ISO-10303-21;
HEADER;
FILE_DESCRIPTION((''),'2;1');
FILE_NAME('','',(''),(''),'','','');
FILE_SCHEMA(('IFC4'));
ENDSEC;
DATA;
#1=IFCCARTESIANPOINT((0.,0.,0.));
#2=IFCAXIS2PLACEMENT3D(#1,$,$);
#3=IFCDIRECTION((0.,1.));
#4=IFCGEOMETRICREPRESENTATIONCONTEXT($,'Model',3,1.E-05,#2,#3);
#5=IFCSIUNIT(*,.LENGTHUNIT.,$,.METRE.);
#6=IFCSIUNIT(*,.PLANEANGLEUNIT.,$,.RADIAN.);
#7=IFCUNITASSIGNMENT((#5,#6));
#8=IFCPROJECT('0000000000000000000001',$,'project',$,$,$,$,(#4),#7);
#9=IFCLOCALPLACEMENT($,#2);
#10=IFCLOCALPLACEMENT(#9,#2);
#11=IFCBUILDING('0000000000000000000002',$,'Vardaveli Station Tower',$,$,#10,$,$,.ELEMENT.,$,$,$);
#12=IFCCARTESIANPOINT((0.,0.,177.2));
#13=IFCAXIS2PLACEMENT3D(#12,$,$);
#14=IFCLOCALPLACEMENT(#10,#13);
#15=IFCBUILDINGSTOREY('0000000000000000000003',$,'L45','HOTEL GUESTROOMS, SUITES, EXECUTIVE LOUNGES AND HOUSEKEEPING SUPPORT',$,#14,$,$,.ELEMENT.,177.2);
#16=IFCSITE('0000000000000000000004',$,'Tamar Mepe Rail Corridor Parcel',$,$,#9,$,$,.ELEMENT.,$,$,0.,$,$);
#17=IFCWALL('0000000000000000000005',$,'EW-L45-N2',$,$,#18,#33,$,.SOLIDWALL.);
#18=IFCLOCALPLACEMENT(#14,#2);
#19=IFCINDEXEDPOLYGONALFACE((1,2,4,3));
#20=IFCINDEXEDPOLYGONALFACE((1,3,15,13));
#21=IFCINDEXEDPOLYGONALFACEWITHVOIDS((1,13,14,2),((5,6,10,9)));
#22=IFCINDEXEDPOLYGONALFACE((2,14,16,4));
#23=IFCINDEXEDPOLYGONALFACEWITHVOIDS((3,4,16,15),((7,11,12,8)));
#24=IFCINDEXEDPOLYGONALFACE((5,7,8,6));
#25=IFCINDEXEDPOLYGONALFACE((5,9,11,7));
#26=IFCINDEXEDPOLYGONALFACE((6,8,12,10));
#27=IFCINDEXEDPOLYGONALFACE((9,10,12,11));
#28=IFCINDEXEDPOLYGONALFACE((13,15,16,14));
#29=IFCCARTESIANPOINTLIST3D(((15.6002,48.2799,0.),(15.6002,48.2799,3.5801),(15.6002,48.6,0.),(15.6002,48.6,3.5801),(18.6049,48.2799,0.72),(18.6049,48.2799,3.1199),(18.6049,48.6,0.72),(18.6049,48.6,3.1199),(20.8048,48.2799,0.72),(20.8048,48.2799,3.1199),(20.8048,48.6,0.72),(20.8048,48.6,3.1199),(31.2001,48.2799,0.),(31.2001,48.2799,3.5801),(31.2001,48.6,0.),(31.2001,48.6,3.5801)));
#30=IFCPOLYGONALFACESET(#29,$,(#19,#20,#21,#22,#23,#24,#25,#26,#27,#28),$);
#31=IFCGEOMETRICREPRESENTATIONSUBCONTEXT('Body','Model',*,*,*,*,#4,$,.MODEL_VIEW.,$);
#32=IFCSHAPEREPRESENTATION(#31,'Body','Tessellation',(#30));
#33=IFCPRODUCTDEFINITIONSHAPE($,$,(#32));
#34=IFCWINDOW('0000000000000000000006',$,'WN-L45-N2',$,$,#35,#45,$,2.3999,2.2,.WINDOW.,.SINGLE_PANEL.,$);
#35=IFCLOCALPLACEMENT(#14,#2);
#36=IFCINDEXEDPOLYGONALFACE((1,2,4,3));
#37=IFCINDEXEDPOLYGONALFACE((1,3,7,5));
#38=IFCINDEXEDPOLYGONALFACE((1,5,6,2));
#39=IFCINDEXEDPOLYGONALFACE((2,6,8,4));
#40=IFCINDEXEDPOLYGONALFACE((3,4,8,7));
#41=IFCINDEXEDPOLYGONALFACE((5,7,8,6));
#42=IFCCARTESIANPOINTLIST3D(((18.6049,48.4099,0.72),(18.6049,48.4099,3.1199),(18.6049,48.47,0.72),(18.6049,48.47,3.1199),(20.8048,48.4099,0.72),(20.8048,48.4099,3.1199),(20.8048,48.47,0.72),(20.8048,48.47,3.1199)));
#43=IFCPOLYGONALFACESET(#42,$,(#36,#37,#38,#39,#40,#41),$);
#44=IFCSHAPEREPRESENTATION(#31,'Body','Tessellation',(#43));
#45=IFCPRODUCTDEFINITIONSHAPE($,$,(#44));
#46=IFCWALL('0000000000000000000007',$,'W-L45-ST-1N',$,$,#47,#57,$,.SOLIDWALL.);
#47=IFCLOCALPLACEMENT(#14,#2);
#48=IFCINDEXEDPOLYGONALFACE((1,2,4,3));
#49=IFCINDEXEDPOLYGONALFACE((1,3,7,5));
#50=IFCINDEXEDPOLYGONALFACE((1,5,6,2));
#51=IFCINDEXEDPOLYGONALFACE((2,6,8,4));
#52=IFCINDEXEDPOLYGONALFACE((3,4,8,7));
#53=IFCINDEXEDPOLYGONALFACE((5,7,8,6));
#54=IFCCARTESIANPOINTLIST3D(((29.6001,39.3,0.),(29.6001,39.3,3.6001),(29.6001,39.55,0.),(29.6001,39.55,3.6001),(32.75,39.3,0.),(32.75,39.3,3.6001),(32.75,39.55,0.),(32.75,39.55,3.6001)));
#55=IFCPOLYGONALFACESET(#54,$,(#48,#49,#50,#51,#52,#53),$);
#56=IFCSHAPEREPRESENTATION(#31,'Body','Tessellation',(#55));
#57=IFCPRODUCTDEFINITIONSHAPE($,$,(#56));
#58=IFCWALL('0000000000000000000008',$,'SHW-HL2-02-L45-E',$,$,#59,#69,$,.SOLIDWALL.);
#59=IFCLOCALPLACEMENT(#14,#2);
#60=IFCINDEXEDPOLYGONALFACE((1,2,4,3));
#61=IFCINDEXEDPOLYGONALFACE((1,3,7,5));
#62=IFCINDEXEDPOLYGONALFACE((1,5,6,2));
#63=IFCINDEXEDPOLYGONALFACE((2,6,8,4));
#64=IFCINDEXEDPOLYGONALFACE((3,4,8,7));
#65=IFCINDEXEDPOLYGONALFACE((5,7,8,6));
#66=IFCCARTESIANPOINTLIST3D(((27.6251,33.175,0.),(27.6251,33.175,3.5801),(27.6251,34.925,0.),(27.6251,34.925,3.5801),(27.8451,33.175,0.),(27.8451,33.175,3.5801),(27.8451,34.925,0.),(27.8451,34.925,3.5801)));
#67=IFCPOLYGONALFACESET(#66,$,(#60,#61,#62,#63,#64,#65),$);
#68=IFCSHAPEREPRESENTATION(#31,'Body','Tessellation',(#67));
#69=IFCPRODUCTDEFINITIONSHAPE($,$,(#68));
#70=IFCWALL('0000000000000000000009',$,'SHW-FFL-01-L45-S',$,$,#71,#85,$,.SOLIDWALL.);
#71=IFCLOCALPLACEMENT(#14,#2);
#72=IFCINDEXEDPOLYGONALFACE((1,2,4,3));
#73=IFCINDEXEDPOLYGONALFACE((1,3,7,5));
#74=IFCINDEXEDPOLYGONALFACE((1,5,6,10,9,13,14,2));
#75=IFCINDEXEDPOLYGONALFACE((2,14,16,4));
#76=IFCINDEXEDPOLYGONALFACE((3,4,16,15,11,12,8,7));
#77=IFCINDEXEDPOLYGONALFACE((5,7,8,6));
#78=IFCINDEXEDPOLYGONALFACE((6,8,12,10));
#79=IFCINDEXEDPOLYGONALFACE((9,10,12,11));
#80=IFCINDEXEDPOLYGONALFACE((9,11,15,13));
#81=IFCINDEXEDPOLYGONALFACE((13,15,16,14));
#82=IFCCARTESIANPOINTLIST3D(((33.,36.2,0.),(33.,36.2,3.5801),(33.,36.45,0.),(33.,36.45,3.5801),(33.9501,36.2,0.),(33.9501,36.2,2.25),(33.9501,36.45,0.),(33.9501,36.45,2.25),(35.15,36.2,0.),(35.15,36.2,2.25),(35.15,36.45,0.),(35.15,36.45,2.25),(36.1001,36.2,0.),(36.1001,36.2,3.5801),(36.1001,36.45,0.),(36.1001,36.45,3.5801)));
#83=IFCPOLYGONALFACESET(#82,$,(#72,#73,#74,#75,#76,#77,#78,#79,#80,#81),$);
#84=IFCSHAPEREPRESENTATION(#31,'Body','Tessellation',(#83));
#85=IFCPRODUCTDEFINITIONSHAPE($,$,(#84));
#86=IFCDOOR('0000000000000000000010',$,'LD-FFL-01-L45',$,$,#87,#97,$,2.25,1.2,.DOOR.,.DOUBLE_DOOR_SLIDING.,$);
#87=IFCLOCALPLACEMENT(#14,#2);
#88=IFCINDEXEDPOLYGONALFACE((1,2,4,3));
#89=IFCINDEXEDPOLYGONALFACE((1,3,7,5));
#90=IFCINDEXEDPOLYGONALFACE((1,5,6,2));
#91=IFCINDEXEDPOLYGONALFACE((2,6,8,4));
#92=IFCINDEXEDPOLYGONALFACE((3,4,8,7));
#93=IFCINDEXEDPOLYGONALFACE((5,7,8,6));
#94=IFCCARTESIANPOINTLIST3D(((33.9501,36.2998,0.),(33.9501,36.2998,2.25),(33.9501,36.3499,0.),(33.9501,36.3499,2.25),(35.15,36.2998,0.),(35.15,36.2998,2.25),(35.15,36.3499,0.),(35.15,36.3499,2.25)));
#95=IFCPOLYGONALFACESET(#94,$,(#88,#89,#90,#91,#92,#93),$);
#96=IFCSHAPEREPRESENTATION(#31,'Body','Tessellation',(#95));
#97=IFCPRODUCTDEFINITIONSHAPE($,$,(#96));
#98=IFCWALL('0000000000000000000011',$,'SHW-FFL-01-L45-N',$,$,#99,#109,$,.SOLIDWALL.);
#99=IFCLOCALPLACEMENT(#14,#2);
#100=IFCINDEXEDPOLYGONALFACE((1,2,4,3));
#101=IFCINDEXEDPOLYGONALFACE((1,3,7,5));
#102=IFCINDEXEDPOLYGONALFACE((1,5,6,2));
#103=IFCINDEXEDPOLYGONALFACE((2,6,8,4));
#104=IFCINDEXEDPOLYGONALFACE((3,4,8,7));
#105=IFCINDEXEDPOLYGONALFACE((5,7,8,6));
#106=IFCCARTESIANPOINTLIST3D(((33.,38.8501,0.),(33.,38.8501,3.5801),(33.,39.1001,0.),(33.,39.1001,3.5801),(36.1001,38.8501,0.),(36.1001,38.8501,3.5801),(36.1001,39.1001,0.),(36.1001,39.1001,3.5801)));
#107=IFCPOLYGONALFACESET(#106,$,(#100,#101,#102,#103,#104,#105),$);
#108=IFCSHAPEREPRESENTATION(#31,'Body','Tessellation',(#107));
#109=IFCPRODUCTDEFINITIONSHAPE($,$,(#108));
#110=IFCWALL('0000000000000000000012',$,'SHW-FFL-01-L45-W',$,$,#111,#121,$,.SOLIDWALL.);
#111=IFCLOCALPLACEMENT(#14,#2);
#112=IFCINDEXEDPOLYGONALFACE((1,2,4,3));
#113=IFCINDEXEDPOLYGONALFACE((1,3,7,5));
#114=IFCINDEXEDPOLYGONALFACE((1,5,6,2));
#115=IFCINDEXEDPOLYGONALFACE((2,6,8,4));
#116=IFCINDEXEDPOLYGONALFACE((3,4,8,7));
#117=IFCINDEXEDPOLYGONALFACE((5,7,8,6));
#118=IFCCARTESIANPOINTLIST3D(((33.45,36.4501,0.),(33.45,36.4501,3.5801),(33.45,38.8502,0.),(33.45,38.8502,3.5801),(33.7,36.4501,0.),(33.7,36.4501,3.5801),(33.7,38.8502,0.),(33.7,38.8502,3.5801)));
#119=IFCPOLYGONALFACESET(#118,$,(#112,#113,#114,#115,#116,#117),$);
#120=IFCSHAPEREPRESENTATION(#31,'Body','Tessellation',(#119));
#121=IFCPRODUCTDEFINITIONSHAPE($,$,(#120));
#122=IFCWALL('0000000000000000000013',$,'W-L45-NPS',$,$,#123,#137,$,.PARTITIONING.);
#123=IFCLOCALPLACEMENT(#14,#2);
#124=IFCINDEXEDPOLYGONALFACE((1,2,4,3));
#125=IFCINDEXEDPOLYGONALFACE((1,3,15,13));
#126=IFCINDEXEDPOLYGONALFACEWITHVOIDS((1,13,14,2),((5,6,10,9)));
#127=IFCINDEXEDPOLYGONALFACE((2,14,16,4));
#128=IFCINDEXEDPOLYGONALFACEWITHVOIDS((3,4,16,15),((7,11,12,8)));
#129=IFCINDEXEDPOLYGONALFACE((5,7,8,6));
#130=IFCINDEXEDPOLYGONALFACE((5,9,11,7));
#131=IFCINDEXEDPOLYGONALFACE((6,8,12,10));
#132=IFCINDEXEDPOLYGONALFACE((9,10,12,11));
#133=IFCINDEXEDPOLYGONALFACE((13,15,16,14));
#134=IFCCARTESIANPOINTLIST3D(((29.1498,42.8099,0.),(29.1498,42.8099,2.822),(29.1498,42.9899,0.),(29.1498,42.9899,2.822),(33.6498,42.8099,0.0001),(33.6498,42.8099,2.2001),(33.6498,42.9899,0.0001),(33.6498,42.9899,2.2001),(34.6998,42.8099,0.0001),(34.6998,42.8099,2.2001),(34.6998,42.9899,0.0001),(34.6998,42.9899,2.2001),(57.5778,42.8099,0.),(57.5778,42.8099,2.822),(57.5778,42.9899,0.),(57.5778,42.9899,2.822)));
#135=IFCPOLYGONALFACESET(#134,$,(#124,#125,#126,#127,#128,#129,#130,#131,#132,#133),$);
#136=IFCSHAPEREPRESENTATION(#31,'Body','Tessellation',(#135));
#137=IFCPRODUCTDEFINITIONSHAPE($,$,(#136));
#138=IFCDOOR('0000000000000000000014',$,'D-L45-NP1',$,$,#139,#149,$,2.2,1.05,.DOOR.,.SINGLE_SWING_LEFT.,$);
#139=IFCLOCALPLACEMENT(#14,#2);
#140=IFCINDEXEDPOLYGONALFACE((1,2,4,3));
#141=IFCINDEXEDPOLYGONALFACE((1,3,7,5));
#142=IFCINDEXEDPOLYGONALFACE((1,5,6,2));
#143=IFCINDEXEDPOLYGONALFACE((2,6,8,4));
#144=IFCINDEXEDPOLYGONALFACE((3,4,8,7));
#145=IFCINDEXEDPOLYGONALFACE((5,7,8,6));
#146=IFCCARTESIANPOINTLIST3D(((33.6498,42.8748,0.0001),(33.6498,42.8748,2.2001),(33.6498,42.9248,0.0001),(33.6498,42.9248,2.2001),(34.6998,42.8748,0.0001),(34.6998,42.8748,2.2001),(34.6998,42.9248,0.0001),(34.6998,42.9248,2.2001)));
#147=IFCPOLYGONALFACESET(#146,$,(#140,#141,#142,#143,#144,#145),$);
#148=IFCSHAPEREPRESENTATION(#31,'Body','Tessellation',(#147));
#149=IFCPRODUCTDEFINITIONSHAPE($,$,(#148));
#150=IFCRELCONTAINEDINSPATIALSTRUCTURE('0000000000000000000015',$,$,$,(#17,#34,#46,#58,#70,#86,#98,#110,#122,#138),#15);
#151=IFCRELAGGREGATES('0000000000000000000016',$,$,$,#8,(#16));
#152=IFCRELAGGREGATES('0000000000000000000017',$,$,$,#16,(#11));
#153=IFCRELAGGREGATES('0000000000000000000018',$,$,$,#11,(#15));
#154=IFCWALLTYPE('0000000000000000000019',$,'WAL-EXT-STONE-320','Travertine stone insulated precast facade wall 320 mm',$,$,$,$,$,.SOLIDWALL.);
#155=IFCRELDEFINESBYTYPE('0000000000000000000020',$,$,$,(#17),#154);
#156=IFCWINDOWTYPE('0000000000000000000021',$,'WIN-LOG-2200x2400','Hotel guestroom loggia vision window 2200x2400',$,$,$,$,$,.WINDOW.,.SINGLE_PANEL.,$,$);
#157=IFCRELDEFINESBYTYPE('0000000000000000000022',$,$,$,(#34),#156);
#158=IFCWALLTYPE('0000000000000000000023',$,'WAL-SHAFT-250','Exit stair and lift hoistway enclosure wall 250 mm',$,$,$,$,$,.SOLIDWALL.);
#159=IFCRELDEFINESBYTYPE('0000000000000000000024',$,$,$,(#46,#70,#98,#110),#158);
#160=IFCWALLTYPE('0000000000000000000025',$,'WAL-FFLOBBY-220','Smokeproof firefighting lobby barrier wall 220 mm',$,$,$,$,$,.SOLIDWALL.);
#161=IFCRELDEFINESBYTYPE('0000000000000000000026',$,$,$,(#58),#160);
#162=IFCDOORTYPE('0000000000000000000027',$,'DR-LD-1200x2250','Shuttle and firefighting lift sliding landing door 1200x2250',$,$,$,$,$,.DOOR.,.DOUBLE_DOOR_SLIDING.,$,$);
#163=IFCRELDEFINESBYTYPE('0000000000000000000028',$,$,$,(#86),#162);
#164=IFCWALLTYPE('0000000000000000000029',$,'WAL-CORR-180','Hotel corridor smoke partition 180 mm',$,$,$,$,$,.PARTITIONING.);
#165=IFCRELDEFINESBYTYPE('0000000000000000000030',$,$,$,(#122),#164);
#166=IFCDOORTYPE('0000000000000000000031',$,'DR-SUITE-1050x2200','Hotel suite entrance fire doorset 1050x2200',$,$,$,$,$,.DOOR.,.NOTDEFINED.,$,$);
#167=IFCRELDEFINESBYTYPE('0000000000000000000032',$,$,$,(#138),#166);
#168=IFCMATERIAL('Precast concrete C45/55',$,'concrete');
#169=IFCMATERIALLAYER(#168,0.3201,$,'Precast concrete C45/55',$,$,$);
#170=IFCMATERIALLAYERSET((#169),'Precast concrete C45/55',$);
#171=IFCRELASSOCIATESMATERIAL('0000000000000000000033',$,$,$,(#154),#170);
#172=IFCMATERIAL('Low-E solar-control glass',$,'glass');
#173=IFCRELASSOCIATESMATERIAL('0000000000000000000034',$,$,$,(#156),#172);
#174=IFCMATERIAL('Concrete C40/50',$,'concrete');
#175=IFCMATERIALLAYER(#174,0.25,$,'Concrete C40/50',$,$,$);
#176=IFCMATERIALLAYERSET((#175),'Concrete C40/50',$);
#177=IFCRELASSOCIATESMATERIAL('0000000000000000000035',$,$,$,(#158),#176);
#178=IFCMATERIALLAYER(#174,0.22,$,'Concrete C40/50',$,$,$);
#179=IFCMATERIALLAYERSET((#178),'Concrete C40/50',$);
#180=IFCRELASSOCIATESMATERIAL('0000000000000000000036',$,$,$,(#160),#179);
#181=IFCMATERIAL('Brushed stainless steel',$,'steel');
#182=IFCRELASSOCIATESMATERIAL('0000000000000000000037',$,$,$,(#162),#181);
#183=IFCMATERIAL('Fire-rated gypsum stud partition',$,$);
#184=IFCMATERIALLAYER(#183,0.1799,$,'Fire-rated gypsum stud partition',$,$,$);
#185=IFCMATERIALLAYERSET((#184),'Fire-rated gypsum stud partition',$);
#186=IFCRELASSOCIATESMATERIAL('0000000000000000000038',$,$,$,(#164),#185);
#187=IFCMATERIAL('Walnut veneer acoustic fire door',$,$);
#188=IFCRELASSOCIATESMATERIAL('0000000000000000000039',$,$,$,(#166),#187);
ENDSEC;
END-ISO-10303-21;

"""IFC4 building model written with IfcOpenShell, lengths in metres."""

from ifc_helpers import new_model, si_unit, direction, frame, frame_2d, origin, place, context, subcontext, project, spatial, rectangle, extrude, source, transform, mapped, material, layer, layer_set, type_object, element, fill, save


model = new_model("IFC4")

# Units and contexts
model_context = context("Model", 3, precision=1e-05, world=origin(), true_north=direction((0.0, 1.0)))
body_context = subcontext(model_context, "Body", "Model", "MODEL_VIEW")
ifc_project = project(units=[si_unit("LENGTHUNIT", "METRE"), si_unit("PLANEANGLEUNIT", "RADIAN")], contexts=[model_context])

# Site, building, storey
site_placement = place(None, origin())
site = spatial("IfcSite", under=ifc_project, at=site_placement, Name="Tamar Mepe Rail Corridor Parcel", CompositionType="ELEMENT", RefElevation=0.0)
building_placement = place(site_placement, origin())
building = spatial("IfcBuilding", under=site, at=building_placement, Name="Vardaveli Station Tower", CompositionType="ELEMENT")
storey_placement = place(building_placement, frame((0.0, 0.0, 177.2)))
storey = spatial("IfcBuildingStorey", under=building, at=storey_placement, Name="L45", Description="HOTEL GUESTROOMS, SUITES, EXECUTIVE LOUNGES AND HOUSEKEEPING SUPPORT", CompositionType="ELEMENT", Elevation=177.2)

# Shared definitions
ifc_material_1 = material(Name="Precast concrete C45/55", Category="concrete")

# Wall, opening, window
ifc_layer_1 = layer(ifc_material_1, 0.3201, Name="Precast concrete C45/55")
ifc_layer_set_1 = layer_set([ifc_layer_1], Name="Precast concrete C45/55")
wall_type_1 = type_object("IfcWallType", Name="WAL-EXT-STONE-320", Description="Travertine stone insulated precast facade wall 320 mm", PredefinedType="SOLIDWALL", material=ifc_layer_set_1)
shared_shape_1 = source(origin(), body_context, "Body", "SweptSolid", [
    extrude(rectangle(XDim=15.5999, YDim=0.3201, at=frame_2d((7.7998, 0.0))), origin(), (0.0, 0.0, 1.0), 3.5801),
])
wall_1_placement = place(storey_placement, frame((31.2, 48.4399, 0.0), z_axis=(0.0, 0.0, 1.0), x_axis=(-1.0, 0.0, 0.0)))
wall_1 = element("IfcWall", 1, at=wall_1_placement, inside=storey, type_object=wall_type_1, Name="EW-L45-N2", PredefinedType="SOLIDWALL", context=body_context, shape_type="MappedRepresentation", body=[
    mapped(shared_shape_1, transform((0.0, 0.0, 0.0), scale=1.0)),
])
shared_shape_2 = source(origin(), body_context, "Body", "SweptSolid", [
    extrude(rectangle(XDim=2.2, YDim=2.3999, at=frame_2d((1.1001, 1.2))), frame((0.0, 0.1699, 0.0), z_axis=(0.0, -1.0, 0.0), x_axis=(1.0, 0.0, 0.0)), (0.0, 0.0, 1.0), 0.3401),
])
opening_1_placement = place(wall_1_placement, frame((10.395, 0.0, 0.72)))
opening_1 = element("IfcOpeningElement", 2, at=opening_1_placement, cuts=wall_1, PredefinedType="OPENING", context=body_context, shape_type="MappedRepresentation", body=[
    mapped(shared_shape_2, transform((0.0, 0.0, 0.0), scale=1.0)),
])
ifc_material_2 = material(Name="Low-E solar-control glass", Category="glass")
window_type = type_object("IfcWindowType", Name="WIN-LOG-2200x2400", Description="Hotel guestroom loggia vision window 2200x2400", PartitioningType="SINGLE_PANEL", PredefinedType="WINDOW", material=ifc_material_2)
shared_shape_3 = source(origin(), body_context, "Body", "SweptSolid", [
    extrude(rectangle(XDim=2.2, YDim=2.3999, at=frame_2d((1.1001, 1.2))), frame((0.0, 0.03, 0.0), z_axis=(0.0, -1.0, 0.0), x_axis=(1.0, 0.0, 0.0)), (0.0, 0.0, 1.0), 0.0601),
])
window_placement = place(opening_1_placement, origin())
window = element("IfcWindow", 3, at=window_placement, inside=storey, type_object=window_type, Name="WN-L45-N2", OverallHeight=2.3999, OverallWidth=2.2, PartitioningType="SINGLE_PANEL", PredefinedType="WINDOW", context=body_context, shape_type="MappedRepresentation", body=[
    mapped(shared_shape_3, transform((0.0, 0.0, 0.0), scale=1.0)),
])
fill(opening_1, window)

# Walls
ifc_material_3 = material(Name="Concrete C40/50", Category="concrete")
ifc_layer_2 = layer(ifc_material_3, 0.25, Name="Concrete C40/50")
ifc_layer_set_2 = layer_set([ifc_layer_2], Name="Concrete C40/50")
wall_type_2 = type_object("IfcWallType", Name="WAL-SHAFT-250", Description="Exit stair and lift hoistway enclosure wall 250 mm", PredefinedType="SOLIDWALL", material=ifc_layer_set_2)
shared_shape_4 = source(origin(), body_context, "Body", "SweptSolid", [
    extrude(rectangle(XDim=3.1499, YDim=0.25, at=frame_2d((1.575, 0.0))), origin(), (0.0, 0.0, 1.0), 3.6001),
])
wall_2_placement = place(storey_placement, frame((29.6001, 39.425, 0.0), z_axis=(0.0, 0.0, 1.0), x_axis=(1.0, 0.0, 0.0)))
element("IfcWall", 4, at=wall_2_placement, inside=storey, type_object=wall_type_2, Name="W-L45-ST-1N", PredefinedType="SOLIDWALL", context=body_context, shape_type="MappedRepresentation", body=[
    mapped(shared_shape_4, transform((0.0, 0.0, 0.0), scale=1.0)),
])
ifc_layer_3 = layer(ifc_material_3, 0.22, Name="Concrete C40/50")
ifc_layer_set_3 = layer_set([ifc_layer_3], Name="Concrete C40/50")
wall_type_3 = type_object("IfcWallType", Name="WAL-FFLOBBY-220", Description="Smokeproof firefighting lobby barrier wall 220 mm", PredefinedType="SOLIDWALL", material=ifc_layer_set_3)
shared_shape_5 = source(origin(), body_context, "Body", "SweptSolid", [
    extrude(rectangle(XDim=1.75, YDim=0.22, at=frame_2d((0.875, 0.0))), origin(), (0.0, 0.0, 1.0), 3.5801),
])
wall_3_placement = place(storey_placement, frame((27.7351, 33.175, 0.0), z_axis=(0.0, 0.0, 1.0), x_axis=(0.0, 1.0, 0.0)))
element("IfcWall", 5, at=wall_3_placement, inside=storey, type_object=wall_type_3, Name="SHW-HL2-02-L45-E", PredefinedType="SOLIDWALL", context=body_context, shape_type="MappedRepresentation", body=[
    mapped(shared_shape_5, transform((0.0, 0.0, 0.0), scale=1.0)),
])

# Wall, opening, door
shared_shape_6 = source(origin(), body_context, "Body", "SweptSolid", [
    extrude(rectangle(XDim=3.1001, YDim=0.25, at=frame_2d((1.55, 0.0))), origin(), (0.0, 0.0, 1.0), 3.5801),
])
wall_4_placement = place(storey_placement, frame((33.0, 36.325, 0.0), z_axis=(0.0, 0.0, 1.0), x_axis=(1.0, 0.0, 0.0)))
wall_4 = element("IfcWall", 6, at=wall_4_placement, inside=storey, type_object=wall_type_2, Name="SHW-FFL-01-L45-S", PredefinedType="SOLIDWALL", context=body_context, shape_type="MappedRepresentation", body=[
    mapped(shared_shape_6, transform((0.0, 0.0, 0.0), scale=1.0)),
])
shared_shape_7 = source(origin(), body_context, "Body", "SweptSolid", [
    extrude(rectangle(XDim=1.2, YDim=2.25, at=frame_2d((0.6001, 1.125))), frame((0.0, 0.135, 0.0), z_axis=(0.0, -1.0, 0.0), x_axis=(1.0, 0.0, 0.0)), (0.0, 0.0, 1.0), 0.27),
])
opening_2_placement = place(wall_4_placement, frame((0.95, 0.0, 0.0)))
opening_2 = element("IfcOpeningElement", 7, at=opening_2_placement, cuts=wall_4, PredefinedType="OPENING", context=body_context, shape_type="MappedRepresentation", body=[
    mapped(shared_shape_7, transform((0.0, 0.0, 0.0), scale=1.0)),
])
ifc_material_4 = material(Name="Brushed stainless steel", Category="steel")
door_type_1 = type_object("IfcDoorType", Name="DR-LD-1200x2250", Description="Shuttle and firefighting lift sliding landing door 1200x2250", OperationType="DOUBLE_DOOR_SLIDING", PredefinedType="DOOR", material=ifc_material_4)
shared_shape_8 = source(origin(), body_context, "Body", "SweptSolid", [
    extrude(rectangle(XDim=1.2, YDim=2.25, at=frame_2d((0.6001, 1.125))), frame((0.0, 0.0249, 0.0), z_axis=(0.0, -1.0, 0.0), x_axis=(1.0, 0.0, 0.0)), (0.0, 0.0, 1.0), 0.05),
])
door_1_placement = place(opening_2_placement, origin())
door_1 = element("IfcDoor", 8, at=door_1_placement, inside=storey, type_object=door_type_1, Name="LD-FFL-01-L45", OperationType="DOUBLE_DOOR_SLIDING", OverallHeight=2.25, OverallWidth=1.2, PredefinedType="DOOR", context=body_context, shape_type="MappedRepresentation", body=[
    mapped(shared_shape_8, transform((0.0, 0.0, 0.0), scale=1.0)),
])
fill(opening_2, door_1)

# Walls
wall_5_placement = place(storey_placement, frame((33.0, 38.9751, 0.0), z_axis=(0.0, 0.0, 1.0), x_axis=(1.0, 0.0, 0.0)))
element("IfcWall", 9, at=wall_5_placement, inside=storey, type_object=wall_type_2, Name="SHW-FFL-01-L45-N", PredefinedType="SOLIDWALL", context=body_context, shape_type="MappedRepresentation", body=[
    mapped(shared_shape_6, transform((0.0, 0.0, 0.0), scale=1.0)),
])
shared_shape_9 = source(origin(), body_context, "Body", "SweptSolid", [
    extrude(rectangle(XDim=2.4001, YDim=0.25, at=frame_2d((1.2002, 0.0))), origin(), (0.0, 0.0, 1.0), 3.5801),
])
wall_6_placement = place(storey_placement, frame((33.575, 36.45, 0.0), z_axis=(0.0, 0.0, 1.0), x_axis=(0.0, 1.0, 0.0)))
element("IfcWall", 10, at=wall_6_placement, inside=storey, type_object=wall_type_2, Name="SHW-FFL-01-L45-W", PredefinedType="SOLIDWALL", context=body_context, shape_type="MappedRepresentation", body=[
    mapped(shared_shape_9, transform((0.0, 0.0, 0.0), scale=1.0)),
])

# Wall, opening, door
ifc_material_5 = material(Name="Fire-rated gypsum stud partition")
ifc_layer_4 = layer(ifc_material_5, 0.1799, Name="Fire-rated gypsum stud partition")
ifc_layer_set_4 = layer_set([ifc_layer_4], Name="Fire-rated gypsum stud partition")
wall_type_4 = type_object("IfcWallType", Name="WAL-CORR-180", Description="Hotel corridor smoke partition 180 mm", PredefinedType="PARTITIONING", material=ifc_layer_set_4)
shared_shape_10 = source(origin(), body_context, "Body", "SweptSolid", [
    extrude(rectangle(XDim=28.428, YDim=0.1799, at=frame_2d((14.2139, 0.0))), origin(), (0.0, 0.0, 1.0), 2.822),
])
wall_7_placement = place(storey_placement, frame((29.1499, 42.8999, 0.0), z_axis=(0.0, 0.0, 1.0), x_axis=(1.0, 0.0, 0.0)))
wall_7 = element("IfcWall", 11, at=wall_7_placement, inside=storey, type_object=wall_type_4, Name="W-L45-NPS", PredefinedType="PARTITIONING", context=body_context, shape_type="MappedRepresentation", body=[
    mapped(shared_shape_10, transform((0.0, 0.0, 0.0), scale=1.0)),
])
shared_shape_11 = source(origin(), body_context, "Body", "SweptSolid", [
    extrude(rectangle(XDim=1.05, YDim=2.2, at=frame_2d((0.5249, 1.1001))), frame((0.0, 0.1001, 0.0), z_axis=(0.0, -1.0, 0.0), x_axis=(1.0, 0.0, 0.0)), (0.0, 0.0, 1.0), 0.2),
])
opening_3_placement = place(wall_7_placement, frame((4.5, 0.0, 0.0)))
opening_3 = element("IfcOpeningElement", 12, at=opening_3_placement, cuts=wall_7, PredefinedType="OPENING", context=body_context, shape_type="MappedRepresentation", body=[
    mapped(shared_shape_11, transform((0.0, 0.0, 0.0), scale=1.0)),
])
ifc_material_6 = material(Name="Walnut veneer acoustic fire door")
door_type_2 = type_object("IfcDoorType", Name="DR-SUITE-1050x2200", Description="Hotel suite entrance fire doorset 1050x2200", OperationType="NOTDEFINED", PredefinedType="DOOR", material=ifc_material_6)
shared_shape_12 = source(origin(), body_context, "Body", "SweptSolid", [
    extrude(rectangle(XDim=1.05, YDim=2.2, at=frame_2d((0.5249, 1.1001))), frame((0.0, 0.0249, 0.0), z_axis=(0.0, -1.0, 0.0), x_axis=(1.0, 0.0, 0.0)), (0.0, 0.0, 1.0), 0.05),
])
door_2_placement = place(opening_3_placement, origin())
door_2 = element("IfcDoor", 13, at=door_2_placement, inside=storey, type_object=door_type_2, Name="D-L45-NP1", OperationType="SINGLE_SWING_LEFT", OverallHeight=2.2, OverallWidth=1.05, PredefinedType="DOOR", context=body_context, shape_type="MappedRepresentation", body=[
    mapped(shared_shape_12, transform((0.0, 0.0, 0.0), scale=1.0)),
])
fill(opening_3, door_2)

save(model, "model.ifc")
